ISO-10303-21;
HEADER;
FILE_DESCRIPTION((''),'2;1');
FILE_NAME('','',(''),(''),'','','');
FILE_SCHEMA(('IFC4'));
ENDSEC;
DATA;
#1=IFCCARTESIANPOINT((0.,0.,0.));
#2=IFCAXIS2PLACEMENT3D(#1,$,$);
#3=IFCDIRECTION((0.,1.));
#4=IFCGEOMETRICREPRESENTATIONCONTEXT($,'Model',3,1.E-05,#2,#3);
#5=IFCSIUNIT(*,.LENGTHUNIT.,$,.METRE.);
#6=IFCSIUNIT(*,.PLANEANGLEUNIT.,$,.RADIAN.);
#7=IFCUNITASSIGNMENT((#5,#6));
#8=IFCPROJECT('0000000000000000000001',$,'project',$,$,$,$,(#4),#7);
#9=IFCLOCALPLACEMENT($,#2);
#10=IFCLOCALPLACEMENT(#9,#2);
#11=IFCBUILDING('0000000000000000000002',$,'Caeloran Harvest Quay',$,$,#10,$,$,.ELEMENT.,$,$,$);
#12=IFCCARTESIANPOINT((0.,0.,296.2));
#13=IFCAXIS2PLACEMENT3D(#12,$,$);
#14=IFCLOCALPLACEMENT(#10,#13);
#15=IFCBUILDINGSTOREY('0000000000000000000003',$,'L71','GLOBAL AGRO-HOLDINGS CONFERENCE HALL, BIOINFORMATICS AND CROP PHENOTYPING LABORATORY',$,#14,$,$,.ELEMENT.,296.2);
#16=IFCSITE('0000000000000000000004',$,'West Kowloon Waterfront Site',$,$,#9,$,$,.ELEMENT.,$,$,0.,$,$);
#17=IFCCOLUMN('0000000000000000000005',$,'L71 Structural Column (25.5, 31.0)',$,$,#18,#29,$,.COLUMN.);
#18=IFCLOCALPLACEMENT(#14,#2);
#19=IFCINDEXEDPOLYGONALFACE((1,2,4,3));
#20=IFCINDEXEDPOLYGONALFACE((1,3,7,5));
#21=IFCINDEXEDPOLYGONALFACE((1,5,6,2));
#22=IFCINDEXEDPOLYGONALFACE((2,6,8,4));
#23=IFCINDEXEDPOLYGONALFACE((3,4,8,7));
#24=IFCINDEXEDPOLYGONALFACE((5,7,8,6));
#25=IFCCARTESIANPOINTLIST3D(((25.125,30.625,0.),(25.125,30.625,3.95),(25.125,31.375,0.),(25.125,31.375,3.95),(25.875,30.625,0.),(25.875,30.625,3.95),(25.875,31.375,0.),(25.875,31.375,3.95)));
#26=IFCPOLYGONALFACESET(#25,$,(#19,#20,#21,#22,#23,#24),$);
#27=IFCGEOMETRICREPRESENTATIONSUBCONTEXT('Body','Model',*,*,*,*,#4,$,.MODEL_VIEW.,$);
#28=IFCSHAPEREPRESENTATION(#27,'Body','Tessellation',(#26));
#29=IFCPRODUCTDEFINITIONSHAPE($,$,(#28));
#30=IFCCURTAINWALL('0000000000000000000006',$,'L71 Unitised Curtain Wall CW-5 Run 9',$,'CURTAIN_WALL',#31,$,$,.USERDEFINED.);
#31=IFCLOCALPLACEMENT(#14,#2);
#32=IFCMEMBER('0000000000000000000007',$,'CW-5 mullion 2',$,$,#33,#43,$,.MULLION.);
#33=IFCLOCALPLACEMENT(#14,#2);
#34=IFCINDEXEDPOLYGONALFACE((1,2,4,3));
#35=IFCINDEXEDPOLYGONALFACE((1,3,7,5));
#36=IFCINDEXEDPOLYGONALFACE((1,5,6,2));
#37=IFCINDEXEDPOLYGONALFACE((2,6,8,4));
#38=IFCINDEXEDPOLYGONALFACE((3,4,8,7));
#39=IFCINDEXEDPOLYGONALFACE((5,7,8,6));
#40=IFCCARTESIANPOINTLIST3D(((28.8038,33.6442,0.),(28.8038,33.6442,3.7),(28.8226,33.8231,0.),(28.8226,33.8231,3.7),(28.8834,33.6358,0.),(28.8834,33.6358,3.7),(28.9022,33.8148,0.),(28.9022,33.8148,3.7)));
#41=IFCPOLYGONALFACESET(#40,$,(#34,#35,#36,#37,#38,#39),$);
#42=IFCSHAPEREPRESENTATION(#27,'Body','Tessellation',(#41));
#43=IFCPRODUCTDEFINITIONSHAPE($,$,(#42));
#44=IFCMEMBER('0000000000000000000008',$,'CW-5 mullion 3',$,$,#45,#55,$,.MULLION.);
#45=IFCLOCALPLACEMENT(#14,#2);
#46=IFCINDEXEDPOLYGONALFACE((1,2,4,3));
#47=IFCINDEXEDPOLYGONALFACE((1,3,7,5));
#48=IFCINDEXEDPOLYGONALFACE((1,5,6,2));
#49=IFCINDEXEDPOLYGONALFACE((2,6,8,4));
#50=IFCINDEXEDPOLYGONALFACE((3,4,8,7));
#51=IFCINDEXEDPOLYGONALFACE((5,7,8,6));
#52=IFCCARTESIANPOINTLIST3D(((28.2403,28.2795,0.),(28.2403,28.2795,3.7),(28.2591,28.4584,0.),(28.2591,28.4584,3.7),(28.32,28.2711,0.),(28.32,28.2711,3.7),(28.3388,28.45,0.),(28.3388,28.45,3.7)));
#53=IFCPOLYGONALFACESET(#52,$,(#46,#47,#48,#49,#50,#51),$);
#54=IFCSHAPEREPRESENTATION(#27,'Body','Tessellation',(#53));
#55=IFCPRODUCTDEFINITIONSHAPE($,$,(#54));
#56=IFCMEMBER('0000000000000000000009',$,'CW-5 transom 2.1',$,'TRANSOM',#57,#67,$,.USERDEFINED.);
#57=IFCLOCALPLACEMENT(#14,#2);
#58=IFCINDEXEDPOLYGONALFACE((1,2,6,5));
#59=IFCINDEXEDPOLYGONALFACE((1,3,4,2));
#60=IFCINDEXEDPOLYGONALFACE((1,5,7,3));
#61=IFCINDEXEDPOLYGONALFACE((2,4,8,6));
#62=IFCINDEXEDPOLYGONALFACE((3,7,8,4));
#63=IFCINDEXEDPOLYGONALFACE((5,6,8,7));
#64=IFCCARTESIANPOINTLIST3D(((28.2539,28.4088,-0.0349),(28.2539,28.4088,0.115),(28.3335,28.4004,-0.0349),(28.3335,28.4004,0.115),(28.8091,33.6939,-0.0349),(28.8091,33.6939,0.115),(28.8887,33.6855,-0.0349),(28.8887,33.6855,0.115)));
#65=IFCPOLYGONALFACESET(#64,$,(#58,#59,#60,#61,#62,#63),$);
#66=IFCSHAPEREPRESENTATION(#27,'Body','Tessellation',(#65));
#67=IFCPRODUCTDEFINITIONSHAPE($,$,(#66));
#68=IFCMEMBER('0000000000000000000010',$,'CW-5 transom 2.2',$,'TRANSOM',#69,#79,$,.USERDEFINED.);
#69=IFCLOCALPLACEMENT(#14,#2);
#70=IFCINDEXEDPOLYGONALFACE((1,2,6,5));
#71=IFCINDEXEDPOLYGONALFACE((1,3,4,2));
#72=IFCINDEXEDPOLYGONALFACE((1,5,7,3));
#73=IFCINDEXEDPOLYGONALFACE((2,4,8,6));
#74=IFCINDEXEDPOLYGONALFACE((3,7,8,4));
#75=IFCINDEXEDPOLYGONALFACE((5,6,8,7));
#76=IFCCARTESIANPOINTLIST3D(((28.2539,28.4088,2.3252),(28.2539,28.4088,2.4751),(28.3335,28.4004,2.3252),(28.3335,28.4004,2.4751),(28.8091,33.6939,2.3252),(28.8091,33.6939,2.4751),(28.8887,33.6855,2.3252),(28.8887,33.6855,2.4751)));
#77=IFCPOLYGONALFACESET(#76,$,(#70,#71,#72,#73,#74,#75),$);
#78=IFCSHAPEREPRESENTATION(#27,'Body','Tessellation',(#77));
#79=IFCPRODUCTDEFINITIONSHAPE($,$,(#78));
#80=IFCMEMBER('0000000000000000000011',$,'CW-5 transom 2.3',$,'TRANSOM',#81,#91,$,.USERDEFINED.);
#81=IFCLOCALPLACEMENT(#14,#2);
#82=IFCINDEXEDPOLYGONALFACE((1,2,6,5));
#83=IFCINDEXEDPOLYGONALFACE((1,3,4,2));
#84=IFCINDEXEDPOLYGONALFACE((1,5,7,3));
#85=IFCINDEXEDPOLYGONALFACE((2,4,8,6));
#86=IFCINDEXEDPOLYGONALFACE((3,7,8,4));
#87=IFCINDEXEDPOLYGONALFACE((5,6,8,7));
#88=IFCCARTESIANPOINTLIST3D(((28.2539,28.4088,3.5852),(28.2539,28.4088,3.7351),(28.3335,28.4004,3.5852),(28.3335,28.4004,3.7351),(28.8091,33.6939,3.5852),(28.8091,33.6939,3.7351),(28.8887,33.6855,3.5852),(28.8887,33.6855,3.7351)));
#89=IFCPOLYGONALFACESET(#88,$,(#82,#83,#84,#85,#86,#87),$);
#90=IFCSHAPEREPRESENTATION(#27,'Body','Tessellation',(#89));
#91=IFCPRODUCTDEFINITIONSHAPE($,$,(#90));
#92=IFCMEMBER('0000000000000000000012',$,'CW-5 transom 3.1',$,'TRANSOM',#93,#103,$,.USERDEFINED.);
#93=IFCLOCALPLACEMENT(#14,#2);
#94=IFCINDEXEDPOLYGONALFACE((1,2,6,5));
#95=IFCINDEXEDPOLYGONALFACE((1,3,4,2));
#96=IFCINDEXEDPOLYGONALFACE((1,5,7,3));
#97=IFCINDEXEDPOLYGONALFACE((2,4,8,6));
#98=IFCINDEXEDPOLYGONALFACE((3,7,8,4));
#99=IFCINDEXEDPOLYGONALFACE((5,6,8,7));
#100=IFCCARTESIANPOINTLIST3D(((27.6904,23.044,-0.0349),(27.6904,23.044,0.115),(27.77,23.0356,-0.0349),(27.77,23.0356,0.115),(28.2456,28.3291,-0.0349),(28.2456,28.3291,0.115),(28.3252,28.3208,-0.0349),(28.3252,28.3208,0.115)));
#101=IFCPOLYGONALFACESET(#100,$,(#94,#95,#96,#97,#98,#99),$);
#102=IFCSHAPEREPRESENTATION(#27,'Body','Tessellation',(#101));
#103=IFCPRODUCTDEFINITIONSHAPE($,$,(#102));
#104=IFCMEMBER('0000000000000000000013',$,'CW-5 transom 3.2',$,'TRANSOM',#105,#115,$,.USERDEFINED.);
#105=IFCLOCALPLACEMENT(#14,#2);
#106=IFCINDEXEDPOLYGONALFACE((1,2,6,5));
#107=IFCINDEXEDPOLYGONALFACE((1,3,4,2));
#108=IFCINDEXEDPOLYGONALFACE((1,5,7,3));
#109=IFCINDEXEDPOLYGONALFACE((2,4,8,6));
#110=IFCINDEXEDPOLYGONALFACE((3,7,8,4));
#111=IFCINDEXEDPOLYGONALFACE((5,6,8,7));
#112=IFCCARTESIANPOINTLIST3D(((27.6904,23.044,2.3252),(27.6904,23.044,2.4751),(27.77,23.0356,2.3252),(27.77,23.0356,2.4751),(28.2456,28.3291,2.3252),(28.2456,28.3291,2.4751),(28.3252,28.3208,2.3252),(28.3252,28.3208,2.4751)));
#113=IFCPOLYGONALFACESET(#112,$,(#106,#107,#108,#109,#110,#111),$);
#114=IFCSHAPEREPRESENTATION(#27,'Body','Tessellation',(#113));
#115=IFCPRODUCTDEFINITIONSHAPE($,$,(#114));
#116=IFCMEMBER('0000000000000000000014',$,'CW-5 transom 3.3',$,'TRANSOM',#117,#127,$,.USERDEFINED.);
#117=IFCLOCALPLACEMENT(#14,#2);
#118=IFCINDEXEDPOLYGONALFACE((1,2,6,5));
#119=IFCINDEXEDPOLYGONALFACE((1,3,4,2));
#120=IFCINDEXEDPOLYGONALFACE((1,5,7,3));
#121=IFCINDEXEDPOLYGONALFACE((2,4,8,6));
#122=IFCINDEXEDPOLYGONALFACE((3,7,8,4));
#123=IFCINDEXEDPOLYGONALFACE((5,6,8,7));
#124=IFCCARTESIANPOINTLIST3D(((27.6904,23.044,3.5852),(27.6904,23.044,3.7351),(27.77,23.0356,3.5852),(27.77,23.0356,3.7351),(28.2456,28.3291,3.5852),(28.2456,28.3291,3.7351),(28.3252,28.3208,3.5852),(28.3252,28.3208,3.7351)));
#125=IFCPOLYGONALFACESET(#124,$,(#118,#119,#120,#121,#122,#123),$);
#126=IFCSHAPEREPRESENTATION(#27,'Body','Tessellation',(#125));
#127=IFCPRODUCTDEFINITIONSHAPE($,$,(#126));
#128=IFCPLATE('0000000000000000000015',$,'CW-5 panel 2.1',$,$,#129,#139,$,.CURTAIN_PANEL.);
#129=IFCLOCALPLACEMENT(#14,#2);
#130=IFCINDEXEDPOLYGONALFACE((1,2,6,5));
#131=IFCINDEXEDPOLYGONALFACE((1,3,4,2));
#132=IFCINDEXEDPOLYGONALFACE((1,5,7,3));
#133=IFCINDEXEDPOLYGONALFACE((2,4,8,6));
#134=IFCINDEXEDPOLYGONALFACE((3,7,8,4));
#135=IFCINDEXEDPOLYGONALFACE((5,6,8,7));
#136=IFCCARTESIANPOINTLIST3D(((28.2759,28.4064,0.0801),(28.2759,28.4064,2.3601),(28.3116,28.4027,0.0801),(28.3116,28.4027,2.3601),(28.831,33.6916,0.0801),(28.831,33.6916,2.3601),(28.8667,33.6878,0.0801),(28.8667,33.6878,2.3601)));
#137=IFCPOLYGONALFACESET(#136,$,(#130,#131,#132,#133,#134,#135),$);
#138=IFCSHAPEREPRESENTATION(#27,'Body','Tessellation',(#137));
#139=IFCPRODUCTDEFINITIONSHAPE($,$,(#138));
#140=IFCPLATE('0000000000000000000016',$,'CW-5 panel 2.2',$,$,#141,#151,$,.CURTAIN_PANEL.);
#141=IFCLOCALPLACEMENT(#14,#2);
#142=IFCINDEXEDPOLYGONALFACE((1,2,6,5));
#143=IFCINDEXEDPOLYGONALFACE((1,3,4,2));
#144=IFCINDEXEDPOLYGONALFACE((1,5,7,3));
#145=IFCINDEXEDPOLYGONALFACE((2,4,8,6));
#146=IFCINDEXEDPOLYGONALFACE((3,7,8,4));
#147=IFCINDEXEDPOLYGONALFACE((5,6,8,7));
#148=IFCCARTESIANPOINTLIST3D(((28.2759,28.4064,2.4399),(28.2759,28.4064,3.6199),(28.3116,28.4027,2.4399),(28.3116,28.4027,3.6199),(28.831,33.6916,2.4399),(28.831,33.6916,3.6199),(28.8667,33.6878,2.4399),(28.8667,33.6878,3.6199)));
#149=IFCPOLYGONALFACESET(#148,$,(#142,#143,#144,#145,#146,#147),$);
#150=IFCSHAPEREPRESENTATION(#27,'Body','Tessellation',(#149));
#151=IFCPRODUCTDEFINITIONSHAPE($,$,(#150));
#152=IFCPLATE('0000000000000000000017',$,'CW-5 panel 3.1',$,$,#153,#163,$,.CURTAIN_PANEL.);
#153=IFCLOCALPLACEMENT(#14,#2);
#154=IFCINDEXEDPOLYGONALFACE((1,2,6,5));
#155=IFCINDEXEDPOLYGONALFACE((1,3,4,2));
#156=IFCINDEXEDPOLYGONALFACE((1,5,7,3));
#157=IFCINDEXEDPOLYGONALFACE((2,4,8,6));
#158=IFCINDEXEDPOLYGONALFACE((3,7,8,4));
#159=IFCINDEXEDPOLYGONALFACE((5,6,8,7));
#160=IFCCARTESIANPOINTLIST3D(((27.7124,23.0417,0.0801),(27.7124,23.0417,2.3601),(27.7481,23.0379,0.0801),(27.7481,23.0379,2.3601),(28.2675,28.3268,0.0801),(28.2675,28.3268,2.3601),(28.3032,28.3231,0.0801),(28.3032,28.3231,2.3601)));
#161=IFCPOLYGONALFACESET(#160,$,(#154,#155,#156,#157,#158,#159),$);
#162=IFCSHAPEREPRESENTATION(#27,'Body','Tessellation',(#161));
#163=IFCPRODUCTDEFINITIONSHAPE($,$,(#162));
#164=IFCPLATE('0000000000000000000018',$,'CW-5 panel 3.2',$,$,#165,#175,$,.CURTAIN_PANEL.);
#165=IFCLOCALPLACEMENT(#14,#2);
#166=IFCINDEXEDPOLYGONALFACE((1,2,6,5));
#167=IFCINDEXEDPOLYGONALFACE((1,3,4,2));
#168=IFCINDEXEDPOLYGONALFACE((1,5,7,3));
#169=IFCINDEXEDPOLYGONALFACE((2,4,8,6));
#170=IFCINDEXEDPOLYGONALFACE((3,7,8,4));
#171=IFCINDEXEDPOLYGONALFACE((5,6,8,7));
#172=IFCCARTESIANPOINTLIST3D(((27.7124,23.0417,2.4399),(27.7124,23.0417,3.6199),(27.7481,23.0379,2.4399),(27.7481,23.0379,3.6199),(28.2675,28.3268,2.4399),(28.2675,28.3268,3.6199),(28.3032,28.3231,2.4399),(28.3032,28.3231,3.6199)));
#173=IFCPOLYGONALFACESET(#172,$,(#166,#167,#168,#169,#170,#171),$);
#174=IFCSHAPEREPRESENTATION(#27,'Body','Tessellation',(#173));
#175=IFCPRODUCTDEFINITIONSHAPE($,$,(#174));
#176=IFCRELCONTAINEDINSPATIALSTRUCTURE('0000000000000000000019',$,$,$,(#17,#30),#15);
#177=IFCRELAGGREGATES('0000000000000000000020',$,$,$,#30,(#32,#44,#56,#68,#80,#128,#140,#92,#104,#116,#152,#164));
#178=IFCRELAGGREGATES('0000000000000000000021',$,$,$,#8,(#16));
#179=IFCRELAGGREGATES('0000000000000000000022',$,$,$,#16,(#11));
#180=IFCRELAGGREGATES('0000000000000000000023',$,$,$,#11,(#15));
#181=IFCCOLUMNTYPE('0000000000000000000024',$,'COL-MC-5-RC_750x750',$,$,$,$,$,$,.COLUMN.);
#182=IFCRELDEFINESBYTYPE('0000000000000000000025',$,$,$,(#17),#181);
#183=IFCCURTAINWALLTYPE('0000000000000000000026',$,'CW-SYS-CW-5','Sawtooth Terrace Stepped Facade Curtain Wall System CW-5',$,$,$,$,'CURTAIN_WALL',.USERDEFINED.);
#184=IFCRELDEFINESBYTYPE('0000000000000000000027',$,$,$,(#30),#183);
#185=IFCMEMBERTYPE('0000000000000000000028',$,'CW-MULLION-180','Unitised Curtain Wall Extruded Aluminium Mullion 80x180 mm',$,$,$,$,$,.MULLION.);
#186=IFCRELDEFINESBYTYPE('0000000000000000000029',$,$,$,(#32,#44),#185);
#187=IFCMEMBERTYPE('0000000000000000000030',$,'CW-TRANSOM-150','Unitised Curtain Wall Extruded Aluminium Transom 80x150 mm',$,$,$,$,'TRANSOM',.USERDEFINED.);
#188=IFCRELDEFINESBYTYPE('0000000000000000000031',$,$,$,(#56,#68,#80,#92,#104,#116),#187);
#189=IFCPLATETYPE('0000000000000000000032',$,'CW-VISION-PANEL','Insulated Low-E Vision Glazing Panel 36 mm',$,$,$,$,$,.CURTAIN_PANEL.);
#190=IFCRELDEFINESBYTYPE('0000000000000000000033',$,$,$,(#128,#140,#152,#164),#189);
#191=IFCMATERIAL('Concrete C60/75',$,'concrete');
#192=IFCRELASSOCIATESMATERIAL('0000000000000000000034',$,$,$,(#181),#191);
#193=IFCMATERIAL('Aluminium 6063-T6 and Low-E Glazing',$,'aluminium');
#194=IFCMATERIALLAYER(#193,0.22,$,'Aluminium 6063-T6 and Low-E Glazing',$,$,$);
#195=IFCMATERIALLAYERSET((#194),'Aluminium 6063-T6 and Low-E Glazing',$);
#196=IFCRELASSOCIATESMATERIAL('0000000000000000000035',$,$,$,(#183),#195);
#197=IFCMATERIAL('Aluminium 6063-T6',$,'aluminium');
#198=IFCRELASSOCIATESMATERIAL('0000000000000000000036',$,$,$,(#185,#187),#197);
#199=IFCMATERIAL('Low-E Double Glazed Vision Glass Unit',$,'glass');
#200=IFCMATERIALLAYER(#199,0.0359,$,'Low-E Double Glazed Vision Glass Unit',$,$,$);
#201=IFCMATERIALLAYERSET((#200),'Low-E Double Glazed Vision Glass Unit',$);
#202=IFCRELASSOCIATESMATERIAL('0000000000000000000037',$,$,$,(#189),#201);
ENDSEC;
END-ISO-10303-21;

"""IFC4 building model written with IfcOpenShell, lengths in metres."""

from ifc_helpers import new_model, si_unit, direction, frame, origin, origin_2d, place, context, subcontext, project, spatial, rectangle, extrude, material, layer, layer_set, material_profile, profile_set, type_object, element, aggregate, save


model = new_model("IFC4")

# Units and contexts
model_context = context("Model", 3, precision=1e-05, world=origin(), true_north=direction((0.0, 1.0)))
body_context = subcontext(model_context, "Body", "Model", "MODEL_VIEW")
ifc_project = project(units=[si_unit("LENGTHUNIT", "METRE"), si_unit("PLANEANGLEUNIT", "RADIAN")], contexts=[model_context])

# Site, building, storey
site_placement = place(None, origin())
site = spatial("IfcSite", under=ifc_project, at=site_placement, Name="West Kowloon Waterfront Site", CompositionType="ELEMENT", RefElevation=0.0)
building_placement = place(site_placement, origin())
building = spatial("IfcBuilding", under=site, at=building_placement, Name="Caeloran Harvest Quay", CompositionType="ELEMENT")
storey_placement = place(building_placement, frame((0.0, 0.0, 296.2)))
storey = spatial("IfcBuildingStorey", under=building, at=storey_placement, Name="L71", Description="GLOBAL AGRO-HOLDINGS CONFERENCE HALL, BIOINFORMATICS AND CROP PHENOTYPING LABORATORY", CompositionType="ELEMENT", Elevation=296.2)

# Column
ifc_material_1 = material(Name="Concrete C60/75", Category="concrete")
ifc_material_profile_1 = material_profile(ifc_material_1, rectangle(XDim=0.75, YDim=0.75, at=origin_2d()), Name="RC 750x750")
ifc_profile_set_1 = profile_set([ifc_material_profile_1], Name="Concrete C60/75")
column_type = type_object("IfcColumnType", Name="COL-MC-5-RC_750x750", PredefinedType="COLUMN", material=ifc_profile_set_1)
column_placement = place(storey_placement, frame((25.5, 31.0, 0.0), z_axis=(0.0, 0.0, 1.0), x_axis=(1.0, 0.0, 0.0)))
element("IfcColumn", 1, at=column_placement, inside=storey, type_object=column_type, Name="L71 Structural Column (25.5, 31.0)", PredefinedType="COLUMN", context=body_context, shape_type="SweptSolid", body=[
    extrude(rectangle(XDim=0.75, YDim=0.75, at=origin_2d()), origin(), (0.0, 0.0, 1.0), 3.95),
])

# Curtain wall, members, plates
ifc_material_2 = material(Name="Aluminium 6063-T6 and Low-E Glazing", Category="aluminium")
ifc_layer_1 = layer(ifc_material_2, 0.22, Name="Aluminium 6063-T6 and Low-E Glazing")
ifc_layer_set_1 = layer_set([ifc_layer_1], Name="Aluminium 6063-T6 and Low-E Glazing")
curtain_wall_type = type_object("IfcCurtainWallType", Name="CW-SYS-CW-5", Description="Sawtooth Terrace Stepped Facade Curtain Wall System CW-5", ElementType="CURTAIN_WALL", PredefinedType="USERDEFINED", material=ifc_layer_set_1)
curtain_wall_placement = place(storey_placement, origin())
curtain_wall = element("IfcCurtainWall", 2, at=curtain_wall_placement, inside=storey, type_object=curtain_wall_type, Name="L71 Unitised Curtain Wall CW-5 Run 9", ObjectType="CURTAIN_WALL", PredefinedType="USERDEFINED")
ifc_material_3 = material(Name="Aluminium 6063-T6", Category="aluminium")
ifc_material_profile_2 = material_profile(ifc_material_3, rectangle(XDim=0.0801, YDim=0.1799, at=origin_2d()), Name="CW-MULLION-180")
ifc_profile_set_2 = profile_set([ifc_material_profile_2], Name="Aluminium 6063-T6")
member_type_1 = type_object("IfcMemberType", Name="CW-MULLION-180", Description="Unitised Curtain Wall Extruded Aluminium Mullion 80x180 mm", PredefinedType="MULLION", material=ifc_profile_set_2)
member_1_placement = place(storey_placement, frame((28.853, 33.7295, 0.0), z_axis=(0.0, 0.0, 1.0), x_axis=(0.994529, -0.10446, 0.0)))
member_1 = element("IfcMember", 3, at=member_1_placement, type_object=member_type_1, Name="CW-5 mullion 2", PredefinedType="MULLION", context=body_context, shape_type="SweptSolid", body=[
    extrude(rectangle(XDim=0.0801, YDim=0.1799, at=origin_2d()), origin(), (0.0, 0.0, 1.0), 3.7),
])
member_2_placement = place(storey_placement, frame((28.2896, 28.3647, 0.0), z_axis=(0.0, 0.0, 1.0), x_axis=(0.994529, -0.10446, 0.0)))
member_2 = element("IfcMember", 4, at=member_2_placement, type_object=member_type_1, Name="CW-5 mullion 3", PredefinedType="MULLION", context=body_context, shape_type="SweptSolid", body=[
    extrude(rectangle(XDim=0.0801, YDim=0.1799, at=origin_2d()), origin(), (0.0, 0.0, 1.0), 3.7),
])
ifc_material_profile_3 = material_profile(ifc_material_3, rectangle(XDim=0.0801, YDim=0.1499, at=origin_2d()), Name="CW-TRANSOM-150")
ifc_profile_set_3 = profile_set([ifc_material_profile_3], Name="Aluminium 6063-T6")
member_type_2 = type_object("IfcMemberType", Name="CW-TRANSOM-150", Description="Unitised Curtain Wall Extruded Aluminium Transom 80x150 mm", ElementType="TRANSOM", PredefinedType="USERDEFINED", material=ifc_profile_set_3)
member_3_placement = place(storey_placement, frame((28.8489, 33.6897, 0.04), z_axis=(-0.10447, -0.994528, 0.0), x_axis=(0.994528, -0.10447, 0.0)))
member_3 = element("IfcMember", 5, at=member_3_placement, type_object=member_type_2, Name="CW-5 transom 2.1", ObjectType="TRANSOM", PredefinedType="USERDEFINED", context=body_context, shape_type="SweptSolid", body=[
    extrude(rectangle(XDim=0.0801, YDim=0.1499, at=origin_2d()), origin(), (0.0, 0.0, 1.0), 5.3142),
])
member_4_placement = place(storey_placement, frame((28.8489, 33.6897, 2.4001), z_axis=(-0.10447, -0.994528, 0.0), x_axis=(0.994528, -0.10447, 0.0)))
member_4 = element("IfcMember", 6, at=member_4_placement, type_object=member_type_2, Name="CW-5 transom 2.2", ObjectType="TRANSOM", PredefinedType="USERDEFINED", context=body_context, shape_type="SweptSolid", body=[
    extrude(rectangle(XDim=0.0801, YDim=0.1499, at=origin_2d()), origin(), (0.0, 0.0, 1.0), 5.3142),
])
member_5_placement = place(storey_placement, frame((28.8489, 33.6897, 3.6602), z_axis=(-0.10447, -0.994528, 0.0), x_axis=(0.994528, -0.10447, 0.0)))
member_5 = element("IfcMember", 7, at=member_5_placement, type_object=member_type_2, Name="CW-5 transom 2.3", ObjectType="TRANSOM", PredefinedType="USERDEFINED", context=body_context, shape_type="SweptSolid", body=[
    extrude(rectangle(XDim=0.0801, YDim=0.1499, at=origin_2d()), origin(), (0.0, 0.0, 1.0), 5.3142),
])
member_6_placement = place(storey_placement, frame((28.2854, 28.325, 0.04), z_axis=(-0.10447, -0.994528, 0.0), x_axis=(0.994528, -0.10447, 0.0)))
member_6 = element("IfcMember", 8, at=member_6_placement, type_object=member_type_2, Name="CW-5 transom 3.1", ObjectType="TRANSOM", PredefinedType="USERDEFINED", context=body_context, shape_type="SweptSolid", body=[
    extrude(rectangle(XDim=0.0801, YDim=0.1499, at=origin_2d()), origin(), (0.0, 0.0, 1.0), 5.3142),
])
member_7_placement = place(storey_placement, frame((28.2854, 28.325, 2.4001), z_axis=(-0.10447, -0.994528, 0.0), x_axis=(0.994528, -0.10447, 0.0)))
member_7 = element("IfcMember", 9, at=member_7_placement, type_object=member_type_2, Name="CW-5 transom 3.2", ObjectType="TRANSOM", PredefinedType="USERDEFINED", context=body_context, shape_type="SweptSolid", body=[
    extrude(rectangle(XDim=0.0801, YDim=0.1499, at=origin_2d()), origin(), (0.0, 0.0, 1.0), 5.3142),
])
member_8_placement = place(storey_placement, frame((28.2854, 28.325, 3.6602), z_axis=(-0.10447, -0.994528, 0.0), x_axis=(0.994528, -0.10447, 0.0)))
member_8 = element("IfcMember", 10, at=member_8_placement, type_object=member_type_2, Name="CW-5 transom 3.3", ObjectType="TRANSOM", PredefinedType="USERDEFINED", context=body_context, shape_type="SweptSolid", body=[
    extrude(rectangle(XDim=0.0801, YDim=0.1499, at=origin_2d()), origin(), (0.0, 0.0, 1.0), 5.3142),
])
ifc_material_4 = material(Name="Low-E Double Glazed Vision Glass Unit", Category="glass")
ifc_layer_2 = layer(ifc_material_4, 0.0359, Name="Low-E Double Glazed Vision Glass Unit")
ifc_layer_set_2 = layer_set([ifc_layer_2], Name="Low-E Double Glazed Vision Glass Unit")
plate_type = type_object("IfcPlateType", Name="CW-VISION-PANEL", Description="Insulated Low-E Vision Glazing Panel 36 mm", PredefinedType="CURTAIN_PANEL", material=ifc_layer_set_2)
plate_1_placement = place(storey_placement, frame((28.5713, 31.0471, 0.0801), z_axis=(0.0, 0.0, 1.0), x_axis=(-0.10446, -0.994529, 0.0)))
plate_1 = element("IfcPlate", 11, at=plate_1_placement, type_object=plate_type, Name="CW-5 panel 2.1", PredefinedType="CURTAIN_PANEL", context=body_context, shape_type="SweptSolid", body=[
    extrude(rectangle(XDim=5.3142, YDim=0.0359, at=origin_2d()), origin(), (0.0, 0.0, 1.0), 2.28),
])
plate_2_placement = place(storey_placement, frame((28.5713, 31.0471, 2.4399), z_axis=(0.0, 0.0, 1.0), x_axis=(-0.10446, -0.994529, 0.0)))
plate_2 = element("IfcPlate", 12, at=plate_2_placement, type_object=plate_type, Name="CW-5 panel 2.2", PredefinedType="CURTAIN_PANEL", context=body_context, shape_type="SweptSolid", body=[
    extrude(rectangle(XDim=5.3142, YDim=0.0359, at=origin_2d()), origin(), (0.0, 0.0, 1.0), 1.1799),
])
plate_3_placement = place(storey_placement, frame((28.0078, 25.6824, 0.0801), z_axis=(0.0, 0.0, 1.0), x_axis=(-0.10446, -0.994529, 0.0)))
plate_3 = element("IfcPlate", 13, at=plate_3_placement, type_object=plate_type, Name="CW-5 panel 3.1", PredefinedType="CURTAIN_PANEL", context=body_context, shape_type="SweptSolid", body=[
    extrude(rectangle(XDim=5.3142, YDim=0.0359, at=origin_2d()), origin(), (0.0, 0.0, 1.0), 2.28),
])
plate_4_placement = place(storey_placement, frame((28.0078, 25.6824, 2.4399), z_axis=(0.0, 0.0, 1.0), x_axis=(-0.10446, -0.994529, 0.0)))
plate_4 = element("IfcPlate", 14, at=plate_4_placement, type_object=plate_type, Name="CW-5 panel 3.2", PredefinedType="CURTAIN_PANEL", context=body_context, shape_type="SweptSolid", body=[
    extrude(rectangle(XDim=5.3142, YDim=0.0359, at=origin_2d()), origin(), (0.0, 0.0, 1.0), 1.1799),
])
aggregate(curtain_wall, [member_1, member_2, member_3, member_4, member_5, plate_1, plate_2, member_6, member_7, member_8, plate_3, plate_4])

save(model, "model.ifc")
